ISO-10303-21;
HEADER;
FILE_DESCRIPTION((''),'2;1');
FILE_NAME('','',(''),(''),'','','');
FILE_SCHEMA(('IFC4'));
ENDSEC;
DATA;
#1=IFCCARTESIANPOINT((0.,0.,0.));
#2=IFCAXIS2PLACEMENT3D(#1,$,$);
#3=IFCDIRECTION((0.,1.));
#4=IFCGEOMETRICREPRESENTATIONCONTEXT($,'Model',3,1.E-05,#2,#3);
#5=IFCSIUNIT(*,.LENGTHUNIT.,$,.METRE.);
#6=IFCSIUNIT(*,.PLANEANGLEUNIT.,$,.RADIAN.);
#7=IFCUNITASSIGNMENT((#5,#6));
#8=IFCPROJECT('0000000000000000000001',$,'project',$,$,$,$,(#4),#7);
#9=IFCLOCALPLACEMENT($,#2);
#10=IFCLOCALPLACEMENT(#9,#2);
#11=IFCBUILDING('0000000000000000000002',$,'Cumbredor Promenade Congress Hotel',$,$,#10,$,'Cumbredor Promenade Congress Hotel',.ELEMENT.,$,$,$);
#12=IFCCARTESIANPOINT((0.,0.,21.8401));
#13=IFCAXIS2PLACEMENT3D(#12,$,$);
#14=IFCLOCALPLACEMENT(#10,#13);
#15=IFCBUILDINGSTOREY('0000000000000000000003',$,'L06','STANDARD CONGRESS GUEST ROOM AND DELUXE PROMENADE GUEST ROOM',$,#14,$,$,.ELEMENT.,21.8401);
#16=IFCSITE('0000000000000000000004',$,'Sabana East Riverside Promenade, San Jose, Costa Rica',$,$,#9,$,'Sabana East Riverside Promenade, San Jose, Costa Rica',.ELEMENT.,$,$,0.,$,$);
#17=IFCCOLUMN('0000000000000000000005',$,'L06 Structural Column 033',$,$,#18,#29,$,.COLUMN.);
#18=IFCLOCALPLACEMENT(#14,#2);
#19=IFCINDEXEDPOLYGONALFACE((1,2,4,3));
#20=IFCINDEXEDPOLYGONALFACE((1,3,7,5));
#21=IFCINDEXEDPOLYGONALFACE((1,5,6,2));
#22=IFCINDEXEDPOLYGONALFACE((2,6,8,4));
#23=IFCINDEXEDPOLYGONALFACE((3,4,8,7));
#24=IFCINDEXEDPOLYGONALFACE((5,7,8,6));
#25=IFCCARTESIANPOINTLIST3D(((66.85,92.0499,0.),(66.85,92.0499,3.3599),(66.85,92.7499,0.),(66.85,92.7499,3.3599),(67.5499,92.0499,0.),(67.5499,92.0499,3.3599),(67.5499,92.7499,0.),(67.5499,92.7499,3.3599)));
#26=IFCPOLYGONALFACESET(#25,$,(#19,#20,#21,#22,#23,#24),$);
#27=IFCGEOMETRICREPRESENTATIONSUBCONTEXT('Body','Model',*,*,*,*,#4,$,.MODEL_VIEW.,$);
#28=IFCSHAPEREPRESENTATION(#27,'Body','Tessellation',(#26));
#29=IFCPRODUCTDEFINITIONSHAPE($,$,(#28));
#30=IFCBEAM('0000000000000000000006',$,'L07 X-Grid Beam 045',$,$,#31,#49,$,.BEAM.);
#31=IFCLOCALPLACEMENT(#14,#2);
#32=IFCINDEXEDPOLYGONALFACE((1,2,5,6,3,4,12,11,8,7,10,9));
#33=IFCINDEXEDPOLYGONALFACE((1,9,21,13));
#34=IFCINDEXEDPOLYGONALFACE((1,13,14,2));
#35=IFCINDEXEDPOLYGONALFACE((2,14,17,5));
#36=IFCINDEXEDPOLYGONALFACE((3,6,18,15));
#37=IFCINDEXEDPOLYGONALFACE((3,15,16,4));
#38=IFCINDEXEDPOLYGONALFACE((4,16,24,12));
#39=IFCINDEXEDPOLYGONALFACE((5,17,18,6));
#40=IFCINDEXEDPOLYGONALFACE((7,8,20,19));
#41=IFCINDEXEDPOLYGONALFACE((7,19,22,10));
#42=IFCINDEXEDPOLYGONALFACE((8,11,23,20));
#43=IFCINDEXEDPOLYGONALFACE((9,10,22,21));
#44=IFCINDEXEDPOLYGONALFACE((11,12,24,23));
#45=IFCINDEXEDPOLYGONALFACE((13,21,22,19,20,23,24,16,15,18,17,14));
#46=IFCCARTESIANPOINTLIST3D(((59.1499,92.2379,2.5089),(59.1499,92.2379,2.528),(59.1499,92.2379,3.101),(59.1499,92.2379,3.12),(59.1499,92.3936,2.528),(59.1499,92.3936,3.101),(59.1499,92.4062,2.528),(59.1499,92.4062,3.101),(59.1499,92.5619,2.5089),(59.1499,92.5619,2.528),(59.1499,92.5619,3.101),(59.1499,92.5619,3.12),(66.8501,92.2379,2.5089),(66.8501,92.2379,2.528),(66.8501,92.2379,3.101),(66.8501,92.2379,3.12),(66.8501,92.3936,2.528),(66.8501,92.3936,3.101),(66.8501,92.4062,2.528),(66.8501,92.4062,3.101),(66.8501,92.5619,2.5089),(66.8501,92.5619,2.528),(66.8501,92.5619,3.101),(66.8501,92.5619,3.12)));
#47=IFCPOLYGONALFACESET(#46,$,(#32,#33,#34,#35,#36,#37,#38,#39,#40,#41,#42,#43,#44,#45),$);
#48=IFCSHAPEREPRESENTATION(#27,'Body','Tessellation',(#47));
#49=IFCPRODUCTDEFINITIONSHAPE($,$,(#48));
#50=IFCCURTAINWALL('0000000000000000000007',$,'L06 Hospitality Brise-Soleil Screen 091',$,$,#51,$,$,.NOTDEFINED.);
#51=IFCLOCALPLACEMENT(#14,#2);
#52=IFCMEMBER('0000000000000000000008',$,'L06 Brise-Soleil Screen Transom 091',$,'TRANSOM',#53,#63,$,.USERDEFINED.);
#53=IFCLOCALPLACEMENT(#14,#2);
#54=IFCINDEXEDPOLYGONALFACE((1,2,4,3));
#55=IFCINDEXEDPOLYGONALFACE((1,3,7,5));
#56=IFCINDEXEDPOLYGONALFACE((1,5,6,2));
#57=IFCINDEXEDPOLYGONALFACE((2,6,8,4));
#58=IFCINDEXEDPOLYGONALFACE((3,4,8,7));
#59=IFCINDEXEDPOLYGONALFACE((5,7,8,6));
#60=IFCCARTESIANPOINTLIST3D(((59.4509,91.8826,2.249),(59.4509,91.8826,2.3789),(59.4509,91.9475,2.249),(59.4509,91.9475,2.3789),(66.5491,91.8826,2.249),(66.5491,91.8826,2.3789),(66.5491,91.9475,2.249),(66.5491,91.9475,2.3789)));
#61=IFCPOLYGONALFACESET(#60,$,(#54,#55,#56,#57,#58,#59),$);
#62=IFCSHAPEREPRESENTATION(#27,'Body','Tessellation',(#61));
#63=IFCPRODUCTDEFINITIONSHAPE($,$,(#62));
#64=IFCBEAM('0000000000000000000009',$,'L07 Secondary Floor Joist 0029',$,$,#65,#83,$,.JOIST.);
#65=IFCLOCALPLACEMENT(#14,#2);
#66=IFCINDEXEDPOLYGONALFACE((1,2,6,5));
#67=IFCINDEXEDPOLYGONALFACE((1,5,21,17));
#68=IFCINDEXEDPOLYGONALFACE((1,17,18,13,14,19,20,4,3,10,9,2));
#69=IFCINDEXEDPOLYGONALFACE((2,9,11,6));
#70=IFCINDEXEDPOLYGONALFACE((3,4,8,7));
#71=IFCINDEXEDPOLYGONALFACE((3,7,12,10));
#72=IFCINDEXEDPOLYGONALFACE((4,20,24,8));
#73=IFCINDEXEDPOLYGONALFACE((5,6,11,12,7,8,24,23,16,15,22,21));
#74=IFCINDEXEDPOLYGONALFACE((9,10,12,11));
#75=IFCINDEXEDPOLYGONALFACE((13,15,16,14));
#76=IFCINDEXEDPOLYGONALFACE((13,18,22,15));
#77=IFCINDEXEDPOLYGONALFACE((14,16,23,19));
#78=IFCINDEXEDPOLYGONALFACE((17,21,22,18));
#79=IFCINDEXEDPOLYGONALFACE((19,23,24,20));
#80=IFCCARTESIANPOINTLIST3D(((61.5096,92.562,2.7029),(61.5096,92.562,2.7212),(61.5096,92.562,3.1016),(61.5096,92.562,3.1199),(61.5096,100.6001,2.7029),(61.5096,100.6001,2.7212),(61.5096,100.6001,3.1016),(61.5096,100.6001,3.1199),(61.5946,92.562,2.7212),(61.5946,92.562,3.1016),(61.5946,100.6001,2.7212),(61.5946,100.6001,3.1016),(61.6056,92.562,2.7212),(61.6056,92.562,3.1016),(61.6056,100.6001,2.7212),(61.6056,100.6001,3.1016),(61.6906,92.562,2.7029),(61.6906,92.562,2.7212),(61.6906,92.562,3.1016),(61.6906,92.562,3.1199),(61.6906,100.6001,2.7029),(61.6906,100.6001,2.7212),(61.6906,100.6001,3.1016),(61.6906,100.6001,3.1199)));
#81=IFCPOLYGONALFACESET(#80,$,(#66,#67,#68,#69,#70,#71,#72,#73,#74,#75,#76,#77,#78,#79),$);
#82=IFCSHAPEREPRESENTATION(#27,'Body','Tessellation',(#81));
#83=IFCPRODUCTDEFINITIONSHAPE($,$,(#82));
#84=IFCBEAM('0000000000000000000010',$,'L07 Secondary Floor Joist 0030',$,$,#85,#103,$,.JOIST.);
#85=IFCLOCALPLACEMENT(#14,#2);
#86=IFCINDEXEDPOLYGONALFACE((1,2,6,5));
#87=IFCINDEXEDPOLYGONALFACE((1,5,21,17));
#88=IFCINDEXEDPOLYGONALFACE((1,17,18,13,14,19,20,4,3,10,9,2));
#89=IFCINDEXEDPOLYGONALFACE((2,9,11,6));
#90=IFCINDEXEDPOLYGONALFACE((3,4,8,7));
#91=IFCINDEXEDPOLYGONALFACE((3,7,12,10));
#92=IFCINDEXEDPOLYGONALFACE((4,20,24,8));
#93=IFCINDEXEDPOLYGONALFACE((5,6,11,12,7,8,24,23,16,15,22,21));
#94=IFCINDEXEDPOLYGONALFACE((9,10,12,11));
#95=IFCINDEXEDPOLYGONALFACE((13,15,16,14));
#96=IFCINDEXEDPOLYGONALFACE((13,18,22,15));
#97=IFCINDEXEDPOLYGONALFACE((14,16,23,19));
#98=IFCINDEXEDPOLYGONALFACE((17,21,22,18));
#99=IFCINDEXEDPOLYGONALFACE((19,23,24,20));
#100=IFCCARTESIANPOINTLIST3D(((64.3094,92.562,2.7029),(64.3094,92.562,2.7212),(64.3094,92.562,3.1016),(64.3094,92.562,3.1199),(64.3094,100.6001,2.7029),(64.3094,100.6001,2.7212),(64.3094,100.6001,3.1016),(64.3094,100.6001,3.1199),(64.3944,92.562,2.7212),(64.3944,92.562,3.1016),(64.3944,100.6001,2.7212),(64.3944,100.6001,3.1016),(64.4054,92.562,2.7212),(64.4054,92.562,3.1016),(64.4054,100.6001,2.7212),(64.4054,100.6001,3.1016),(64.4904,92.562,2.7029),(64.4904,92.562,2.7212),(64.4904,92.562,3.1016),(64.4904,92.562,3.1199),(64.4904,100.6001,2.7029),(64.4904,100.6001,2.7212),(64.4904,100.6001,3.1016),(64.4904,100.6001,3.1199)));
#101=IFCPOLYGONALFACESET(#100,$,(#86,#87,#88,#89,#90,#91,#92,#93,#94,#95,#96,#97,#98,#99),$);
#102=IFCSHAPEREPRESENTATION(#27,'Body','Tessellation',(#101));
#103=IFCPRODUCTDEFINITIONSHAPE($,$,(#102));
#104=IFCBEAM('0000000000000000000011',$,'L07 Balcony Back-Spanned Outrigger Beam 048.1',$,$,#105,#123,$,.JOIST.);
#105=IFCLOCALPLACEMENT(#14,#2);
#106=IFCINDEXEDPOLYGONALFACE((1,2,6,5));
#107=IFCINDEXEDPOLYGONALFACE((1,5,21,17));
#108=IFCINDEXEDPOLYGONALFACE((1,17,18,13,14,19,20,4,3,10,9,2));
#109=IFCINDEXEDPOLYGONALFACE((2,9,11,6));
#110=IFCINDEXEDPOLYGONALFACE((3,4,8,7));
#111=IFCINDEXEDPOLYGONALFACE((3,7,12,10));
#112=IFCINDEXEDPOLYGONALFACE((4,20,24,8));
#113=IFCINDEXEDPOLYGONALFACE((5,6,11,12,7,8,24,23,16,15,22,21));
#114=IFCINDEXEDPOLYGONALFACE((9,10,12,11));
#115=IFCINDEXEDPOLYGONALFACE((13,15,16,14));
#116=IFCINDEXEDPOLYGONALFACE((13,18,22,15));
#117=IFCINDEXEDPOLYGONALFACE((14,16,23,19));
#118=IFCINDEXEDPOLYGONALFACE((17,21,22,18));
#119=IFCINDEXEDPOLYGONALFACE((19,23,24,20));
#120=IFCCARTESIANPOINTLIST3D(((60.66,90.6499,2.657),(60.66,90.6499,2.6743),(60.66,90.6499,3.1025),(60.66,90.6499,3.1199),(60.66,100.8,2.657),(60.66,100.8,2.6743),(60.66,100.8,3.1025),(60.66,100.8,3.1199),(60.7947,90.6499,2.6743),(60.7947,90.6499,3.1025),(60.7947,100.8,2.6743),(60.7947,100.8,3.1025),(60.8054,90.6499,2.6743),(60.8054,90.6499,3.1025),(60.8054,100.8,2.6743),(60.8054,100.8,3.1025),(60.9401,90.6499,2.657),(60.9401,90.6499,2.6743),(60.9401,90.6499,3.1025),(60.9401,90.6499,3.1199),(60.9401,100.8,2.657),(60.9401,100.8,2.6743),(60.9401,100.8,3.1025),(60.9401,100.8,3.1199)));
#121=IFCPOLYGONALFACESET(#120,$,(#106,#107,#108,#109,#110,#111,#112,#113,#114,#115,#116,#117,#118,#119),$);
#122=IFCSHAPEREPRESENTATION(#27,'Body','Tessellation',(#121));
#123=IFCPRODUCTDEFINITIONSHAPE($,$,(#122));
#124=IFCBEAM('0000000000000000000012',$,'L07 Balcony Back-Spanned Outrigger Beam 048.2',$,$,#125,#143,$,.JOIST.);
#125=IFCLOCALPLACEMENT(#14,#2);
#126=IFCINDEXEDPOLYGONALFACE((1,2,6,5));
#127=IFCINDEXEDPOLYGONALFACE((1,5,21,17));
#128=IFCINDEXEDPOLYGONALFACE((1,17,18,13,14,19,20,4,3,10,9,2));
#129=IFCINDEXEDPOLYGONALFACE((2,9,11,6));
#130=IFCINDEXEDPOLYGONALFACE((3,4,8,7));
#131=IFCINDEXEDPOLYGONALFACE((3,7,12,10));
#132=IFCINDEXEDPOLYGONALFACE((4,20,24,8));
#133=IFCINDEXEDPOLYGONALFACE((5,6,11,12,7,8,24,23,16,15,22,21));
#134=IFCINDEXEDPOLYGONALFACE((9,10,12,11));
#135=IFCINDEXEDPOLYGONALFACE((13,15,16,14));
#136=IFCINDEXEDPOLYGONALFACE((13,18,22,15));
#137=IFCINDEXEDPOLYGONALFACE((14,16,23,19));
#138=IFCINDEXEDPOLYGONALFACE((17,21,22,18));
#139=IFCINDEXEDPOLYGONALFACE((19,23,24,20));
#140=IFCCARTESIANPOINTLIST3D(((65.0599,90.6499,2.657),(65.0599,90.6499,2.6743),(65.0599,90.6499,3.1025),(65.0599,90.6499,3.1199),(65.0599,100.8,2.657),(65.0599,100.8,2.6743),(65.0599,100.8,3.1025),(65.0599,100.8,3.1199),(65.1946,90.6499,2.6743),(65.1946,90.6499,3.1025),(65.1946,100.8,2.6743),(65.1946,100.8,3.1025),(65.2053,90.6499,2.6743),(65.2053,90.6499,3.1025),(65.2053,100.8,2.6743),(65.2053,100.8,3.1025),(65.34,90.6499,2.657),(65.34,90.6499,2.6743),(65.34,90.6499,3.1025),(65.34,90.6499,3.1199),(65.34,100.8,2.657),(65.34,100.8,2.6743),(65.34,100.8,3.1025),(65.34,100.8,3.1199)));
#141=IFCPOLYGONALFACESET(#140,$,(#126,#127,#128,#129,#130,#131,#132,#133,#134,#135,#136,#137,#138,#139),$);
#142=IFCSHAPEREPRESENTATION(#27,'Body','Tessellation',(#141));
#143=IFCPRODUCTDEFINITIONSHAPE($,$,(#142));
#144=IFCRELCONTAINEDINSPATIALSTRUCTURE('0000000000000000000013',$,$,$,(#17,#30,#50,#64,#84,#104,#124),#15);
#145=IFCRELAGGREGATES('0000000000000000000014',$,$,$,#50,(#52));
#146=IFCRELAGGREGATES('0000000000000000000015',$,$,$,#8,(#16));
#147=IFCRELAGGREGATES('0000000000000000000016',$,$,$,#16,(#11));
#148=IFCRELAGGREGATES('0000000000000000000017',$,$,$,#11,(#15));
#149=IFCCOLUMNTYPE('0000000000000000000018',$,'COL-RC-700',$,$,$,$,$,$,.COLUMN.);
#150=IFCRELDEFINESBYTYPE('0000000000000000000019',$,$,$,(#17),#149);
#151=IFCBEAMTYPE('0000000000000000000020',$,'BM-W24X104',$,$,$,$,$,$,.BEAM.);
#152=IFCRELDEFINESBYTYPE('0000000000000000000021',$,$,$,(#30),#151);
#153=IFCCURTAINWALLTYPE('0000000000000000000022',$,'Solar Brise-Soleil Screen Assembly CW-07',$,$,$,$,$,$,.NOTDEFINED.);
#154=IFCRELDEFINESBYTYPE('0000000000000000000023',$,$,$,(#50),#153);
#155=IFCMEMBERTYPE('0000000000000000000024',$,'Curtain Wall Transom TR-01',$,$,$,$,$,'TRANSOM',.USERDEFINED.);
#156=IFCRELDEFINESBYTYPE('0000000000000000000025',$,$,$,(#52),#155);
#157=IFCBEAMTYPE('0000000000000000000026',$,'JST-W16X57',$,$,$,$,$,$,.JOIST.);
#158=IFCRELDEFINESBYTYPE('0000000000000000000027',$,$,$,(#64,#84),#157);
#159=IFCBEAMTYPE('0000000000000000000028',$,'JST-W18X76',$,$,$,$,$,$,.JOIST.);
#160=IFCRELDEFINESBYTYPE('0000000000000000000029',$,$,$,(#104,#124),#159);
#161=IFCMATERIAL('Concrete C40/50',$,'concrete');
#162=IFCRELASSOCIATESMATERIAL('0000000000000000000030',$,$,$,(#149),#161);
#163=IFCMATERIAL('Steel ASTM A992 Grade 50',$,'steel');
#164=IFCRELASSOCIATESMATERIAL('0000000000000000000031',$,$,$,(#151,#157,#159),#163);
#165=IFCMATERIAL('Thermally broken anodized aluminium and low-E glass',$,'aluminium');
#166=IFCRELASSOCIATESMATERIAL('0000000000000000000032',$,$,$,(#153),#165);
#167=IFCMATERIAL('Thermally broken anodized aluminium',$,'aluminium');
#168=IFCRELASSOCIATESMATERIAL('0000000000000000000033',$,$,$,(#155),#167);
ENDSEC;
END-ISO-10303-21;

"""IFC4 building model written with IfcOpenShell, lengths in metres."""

from ifc_helpers import new_model, si_unit, direction, frame, origin, origin_2d, place, context, subcontext, project, spatial, rectangle, i_section, extrude, material, material_profile, profile_set, type_object, element, aggregate, save


model = new_model("IFC4")

# Units and contexts
model_context = context("Model", 3, precision=1e-05, world=origin(), true_north=direction((0.0, 1.0)))
body_context = subcontext(model_context, "Body", "Model", "MODEL_VIEW")
ifc_project = project(units=[si_unit("LENGTHUNIT", "METRE"), si_unit("PLANEANGLEUNIT", "RADIAN")], contexts=[model_context])

# Site, building, storey
site_placement = place(None, origin())
site = spatial("IfcSite", under=ifc_project, at=site_placement, Name="Sabana East Riverside Promenade, San Jose, Costa Rica", LongName="Sabana East Riverside Promenade, San Jose, Costa Rica", CompositionType="ELEMENT", RefElevation=0.0)
building_placement = place(site_placement, origin())
building = spatial("IfcBuilding", under=site, at=building_placement, Name="Cumbredor Promenade Congress Hotel", LongName="Cumbredor Promenade Congress Hotel", CompositionType="ELEMENT")
storey_placement = place(building_placement, frame((0.0, 0.0, 21.8401)))
storey = spatial("IfcBuildingStorey", under=building, at=storey_placement, Name="L06", Description="STANDARD CONGRESS GUEST ROOM AND DELUXE PROMENADE GUEST ROOM", CompositionType="ELEMENT", Elevation=21.8401)

# Column
ifc_material_1 = material(Name="Concrete C40/50", Category="concrete")
ifc_material_profile_1 = material_profile(ifc_material_1, rectangle(XDim=0.7, YDim=0.7, at=origin_2d()), Name="RC 700x700")
ifc_profile_set_1 = profile_set([ifc_material_profile_1], Name="Concrete C40/50")
column_type = type_object("IfcColumnType", Name="COL-RC-700", PredefinedType="COLUMN", material=ifc_profile_set_1)
column_placement = place(storey_placement, frame((67.2, 92.3999, 0.0), z_axis=(0.0, 0.0, 1.0), x_axis=(1.0, 0.0, 0.0)))
element("IfcColumn", 1, at=column_placement, inside=storey, type_object=column_type, Name="L06 Structural Column 033", PredefinedType="COLUMN", context=body_context, shape_type="SweptSolid", body=[
    extrude(rectangle(XDim=0.7, YDim=0.7, at=origin_2d()), origin(), (0.0, 0.0, 1.0), 3.3599),
])

# Beam
ifc_material_2 = material(Name="Steel ASTM A992 Grade 50", Category="steel")
ifc_material_profile_2 = material_profile(ifc_material_2, i_section(OverallWidth=0.324, OverallDepth=0.6111, WebThickness=0.0127, FlangeThickness=0.019, at=origin_2d()), Name="W24X104")
ifc_profile_set_2 = profile_set([ifc_material_profile_2], Name="Steel ASTM A992 Grade 50")
beam_type_1 = type_object("IfcBeamType", Name="BM-W24X104", PredefinedType="BEAM", material=ifc_profile_set_2)
beam_placement = place(storey_placement, frame((59.1499, 92.3999, 2.8145), z_axis=(1.0, 0.0, 0.0), x_axis=(0.0, 1.0, 0.0)))
element("IfcBeam", 2, at=beam_placement, inside=storey, type_object=beam_type_1, Name="L07 X-Grid Beam 045", PredefinedType="BEAM", context=body_context, shape_type="SweptSolid", body=[
    extrude(i_section(OverallWidth=0.324, OverallDepth=0.6111, WebThickness=0.0127, FlangeThickness=0.019, at=origin_2d()), origin(), (0.0, 0.0, 1.0), 7.7002),
])

# Curtain wall, member
ifc_material_3 = material(Name="Thermally broken anodized aluminium and low-E glass", Category="aluminium")
curtain_wall_type = type_object("IfcCurtainWallType", Name="Solar Brise-Soleil Screen Assembly CW-07", PredefinedType="NOTDEFINED", material=ifc_material_3)
curtain_wall_placement = place(storey_placement, origin())
curtain_wall = element("IfcCurtainWall", 3, at=curtain_wall_placement, inside=storey, type_object=curtain_wall_type, Name="L06 Hospitality Brise-Soleil Screen 091", PredefinedType="NOTDEFINED")
ifc_material_4 = material(Name="Thermally broken anodized aluminium", Category="aluminium")
ifc_material_profile_3 = material_profile(ifc_material_4, rectangle(XDim=0.0649, YDim=0.1299, at=origin_2d()), Name="ALU TRANSOM 65x130")
ifc_profile_set_3 = profile_set([ifc_material_profile_3], Name="Thermally broken anodized aluminium")
member_type_1 = type_object("IfcMemberType", Name="Curtain Wall Transom TR-01", ElementType="TRANSOM", PredefinedType="USERDEFINED", material=ifc_profile_set_3)
member_1_placement = place(storey_placement, frame((59.4509, 91.915, 2.314), z_axis=(1.0, 0.0, 0.0), x_axis=(0.0, 1.0, 0.0)))
member_1 = element("IfcMember", 4, at=member_1_placement, type_object=member_type_1, Name="L06 Brise-Soleil Screen Transom 091", ObjectType="TRANSOM", PredefinedType="USERDEFINED", context=body_context, shape_type="SweptSolid", body=[
    extrude(rectangle(XDim=0.0649, YDim=0.1299, at=origin_2d()), origin(), (0.0, 0.0, 1.0), 7.0981),
])

# Beams
ifc_material_profile_4 = material_profile(ifc_material_2, i_section(OverallWidth=0.1809, OverallDepth=0.417, WebThickness=0.011, FlangeThickness=0.0183, at=origin_2d()), Name="W16X57")
ifc_profile_set_4 = profile_set([ifc_material_profile_4], Name="Steel ASTM A992 Grade 50")
beam_type_2 = type_object("IfcBeamType", Name="JST-W16X57", PredefinedType="JOIST", material=ifc_profile_set_4)
for number, where, z_axis, x_axis, name in (
    (5, (61.6001, 92.562, 2.9114), (0.0, 1.0, 0.0), (-1.0, 0.0, 0.0), "L07 Secondary Floor Joist 0029"),
    (6, (64.3999, 92.562, 2.9114), (0.0, 1.0, 0.0), (-1.0, 0.0, 0.0), "L07 Secondary Floor Joist 0030"),
):
    element("IfcBeam", number, at=place(storey_placement, frame(where, z_axis=z_axis, x_axis=x_axis)), inside=storey, type_object=beam_type_2, Name=name, PredefinedType="JOIST", context=body_context, shape_type="SweptSolid", body=[
        extrude(i_section(OverallWidth=0.1809, OverallDepth=0.417, WebThickness=0.011, FlangeThickness=0.0183, at=origin_2d()), origin(), (0.0, 0.0, 1.0), 8.0381),
    ])
ifc_material_profile_5 = material_profile(ifc_material_2, i_section(OverallWidth=0.28, OverallDepth=0.4629, WebThickness=0.0107, FlangeThickness=0.0173, at=origin_2d()), Name="W18X76")
ifc_profile_set_5 = profile_set([ifc_material_profile_5], Name="Steel ASTM A992 Grade 50")
beam_type_3 = type_object("IfcBeamType", Name="JST-W18X76", PredefinedType="JOIST", material=ifc_profile_set_5)
for number, where, z_axis, x_axis, name in (
    (7, (60.8, 90.6499, 2.8884), (0.0, 1.0, 0.0), (-1.0, 0.0, 0.0), "L07 Balcony Back-Spanned Outrigger Beam 048.1"),
    (8, (65.2, 90.6499, 2.8884), (0.0, 1.0, 0.0), (-1.0, 0.0, 0.0), "L07 Balcony Back-Spanned Outrigger Beam 048.2"),
):
    element("IfcBeam", number, at=place(storey_placement, frame(where, z_axis=z_axis, x_axis=x_axis)), inside=storey, type_object=beam_type_3, Name=name, PredefinedType="JOIST", context=body_context, shape_type="SweptSolid", body=[
        extrude(i_section(OverallWidth=0.28, OverallDepth=0.4629, WebThickness=0.0107, FlangeThickness=0.0173, at=origin_2d()), origin(), (0.0, 0.0, 1.0), 10.1501),
    ])

aggregate(curtain_wall, [member_1])

save(model, "model.ifc")
